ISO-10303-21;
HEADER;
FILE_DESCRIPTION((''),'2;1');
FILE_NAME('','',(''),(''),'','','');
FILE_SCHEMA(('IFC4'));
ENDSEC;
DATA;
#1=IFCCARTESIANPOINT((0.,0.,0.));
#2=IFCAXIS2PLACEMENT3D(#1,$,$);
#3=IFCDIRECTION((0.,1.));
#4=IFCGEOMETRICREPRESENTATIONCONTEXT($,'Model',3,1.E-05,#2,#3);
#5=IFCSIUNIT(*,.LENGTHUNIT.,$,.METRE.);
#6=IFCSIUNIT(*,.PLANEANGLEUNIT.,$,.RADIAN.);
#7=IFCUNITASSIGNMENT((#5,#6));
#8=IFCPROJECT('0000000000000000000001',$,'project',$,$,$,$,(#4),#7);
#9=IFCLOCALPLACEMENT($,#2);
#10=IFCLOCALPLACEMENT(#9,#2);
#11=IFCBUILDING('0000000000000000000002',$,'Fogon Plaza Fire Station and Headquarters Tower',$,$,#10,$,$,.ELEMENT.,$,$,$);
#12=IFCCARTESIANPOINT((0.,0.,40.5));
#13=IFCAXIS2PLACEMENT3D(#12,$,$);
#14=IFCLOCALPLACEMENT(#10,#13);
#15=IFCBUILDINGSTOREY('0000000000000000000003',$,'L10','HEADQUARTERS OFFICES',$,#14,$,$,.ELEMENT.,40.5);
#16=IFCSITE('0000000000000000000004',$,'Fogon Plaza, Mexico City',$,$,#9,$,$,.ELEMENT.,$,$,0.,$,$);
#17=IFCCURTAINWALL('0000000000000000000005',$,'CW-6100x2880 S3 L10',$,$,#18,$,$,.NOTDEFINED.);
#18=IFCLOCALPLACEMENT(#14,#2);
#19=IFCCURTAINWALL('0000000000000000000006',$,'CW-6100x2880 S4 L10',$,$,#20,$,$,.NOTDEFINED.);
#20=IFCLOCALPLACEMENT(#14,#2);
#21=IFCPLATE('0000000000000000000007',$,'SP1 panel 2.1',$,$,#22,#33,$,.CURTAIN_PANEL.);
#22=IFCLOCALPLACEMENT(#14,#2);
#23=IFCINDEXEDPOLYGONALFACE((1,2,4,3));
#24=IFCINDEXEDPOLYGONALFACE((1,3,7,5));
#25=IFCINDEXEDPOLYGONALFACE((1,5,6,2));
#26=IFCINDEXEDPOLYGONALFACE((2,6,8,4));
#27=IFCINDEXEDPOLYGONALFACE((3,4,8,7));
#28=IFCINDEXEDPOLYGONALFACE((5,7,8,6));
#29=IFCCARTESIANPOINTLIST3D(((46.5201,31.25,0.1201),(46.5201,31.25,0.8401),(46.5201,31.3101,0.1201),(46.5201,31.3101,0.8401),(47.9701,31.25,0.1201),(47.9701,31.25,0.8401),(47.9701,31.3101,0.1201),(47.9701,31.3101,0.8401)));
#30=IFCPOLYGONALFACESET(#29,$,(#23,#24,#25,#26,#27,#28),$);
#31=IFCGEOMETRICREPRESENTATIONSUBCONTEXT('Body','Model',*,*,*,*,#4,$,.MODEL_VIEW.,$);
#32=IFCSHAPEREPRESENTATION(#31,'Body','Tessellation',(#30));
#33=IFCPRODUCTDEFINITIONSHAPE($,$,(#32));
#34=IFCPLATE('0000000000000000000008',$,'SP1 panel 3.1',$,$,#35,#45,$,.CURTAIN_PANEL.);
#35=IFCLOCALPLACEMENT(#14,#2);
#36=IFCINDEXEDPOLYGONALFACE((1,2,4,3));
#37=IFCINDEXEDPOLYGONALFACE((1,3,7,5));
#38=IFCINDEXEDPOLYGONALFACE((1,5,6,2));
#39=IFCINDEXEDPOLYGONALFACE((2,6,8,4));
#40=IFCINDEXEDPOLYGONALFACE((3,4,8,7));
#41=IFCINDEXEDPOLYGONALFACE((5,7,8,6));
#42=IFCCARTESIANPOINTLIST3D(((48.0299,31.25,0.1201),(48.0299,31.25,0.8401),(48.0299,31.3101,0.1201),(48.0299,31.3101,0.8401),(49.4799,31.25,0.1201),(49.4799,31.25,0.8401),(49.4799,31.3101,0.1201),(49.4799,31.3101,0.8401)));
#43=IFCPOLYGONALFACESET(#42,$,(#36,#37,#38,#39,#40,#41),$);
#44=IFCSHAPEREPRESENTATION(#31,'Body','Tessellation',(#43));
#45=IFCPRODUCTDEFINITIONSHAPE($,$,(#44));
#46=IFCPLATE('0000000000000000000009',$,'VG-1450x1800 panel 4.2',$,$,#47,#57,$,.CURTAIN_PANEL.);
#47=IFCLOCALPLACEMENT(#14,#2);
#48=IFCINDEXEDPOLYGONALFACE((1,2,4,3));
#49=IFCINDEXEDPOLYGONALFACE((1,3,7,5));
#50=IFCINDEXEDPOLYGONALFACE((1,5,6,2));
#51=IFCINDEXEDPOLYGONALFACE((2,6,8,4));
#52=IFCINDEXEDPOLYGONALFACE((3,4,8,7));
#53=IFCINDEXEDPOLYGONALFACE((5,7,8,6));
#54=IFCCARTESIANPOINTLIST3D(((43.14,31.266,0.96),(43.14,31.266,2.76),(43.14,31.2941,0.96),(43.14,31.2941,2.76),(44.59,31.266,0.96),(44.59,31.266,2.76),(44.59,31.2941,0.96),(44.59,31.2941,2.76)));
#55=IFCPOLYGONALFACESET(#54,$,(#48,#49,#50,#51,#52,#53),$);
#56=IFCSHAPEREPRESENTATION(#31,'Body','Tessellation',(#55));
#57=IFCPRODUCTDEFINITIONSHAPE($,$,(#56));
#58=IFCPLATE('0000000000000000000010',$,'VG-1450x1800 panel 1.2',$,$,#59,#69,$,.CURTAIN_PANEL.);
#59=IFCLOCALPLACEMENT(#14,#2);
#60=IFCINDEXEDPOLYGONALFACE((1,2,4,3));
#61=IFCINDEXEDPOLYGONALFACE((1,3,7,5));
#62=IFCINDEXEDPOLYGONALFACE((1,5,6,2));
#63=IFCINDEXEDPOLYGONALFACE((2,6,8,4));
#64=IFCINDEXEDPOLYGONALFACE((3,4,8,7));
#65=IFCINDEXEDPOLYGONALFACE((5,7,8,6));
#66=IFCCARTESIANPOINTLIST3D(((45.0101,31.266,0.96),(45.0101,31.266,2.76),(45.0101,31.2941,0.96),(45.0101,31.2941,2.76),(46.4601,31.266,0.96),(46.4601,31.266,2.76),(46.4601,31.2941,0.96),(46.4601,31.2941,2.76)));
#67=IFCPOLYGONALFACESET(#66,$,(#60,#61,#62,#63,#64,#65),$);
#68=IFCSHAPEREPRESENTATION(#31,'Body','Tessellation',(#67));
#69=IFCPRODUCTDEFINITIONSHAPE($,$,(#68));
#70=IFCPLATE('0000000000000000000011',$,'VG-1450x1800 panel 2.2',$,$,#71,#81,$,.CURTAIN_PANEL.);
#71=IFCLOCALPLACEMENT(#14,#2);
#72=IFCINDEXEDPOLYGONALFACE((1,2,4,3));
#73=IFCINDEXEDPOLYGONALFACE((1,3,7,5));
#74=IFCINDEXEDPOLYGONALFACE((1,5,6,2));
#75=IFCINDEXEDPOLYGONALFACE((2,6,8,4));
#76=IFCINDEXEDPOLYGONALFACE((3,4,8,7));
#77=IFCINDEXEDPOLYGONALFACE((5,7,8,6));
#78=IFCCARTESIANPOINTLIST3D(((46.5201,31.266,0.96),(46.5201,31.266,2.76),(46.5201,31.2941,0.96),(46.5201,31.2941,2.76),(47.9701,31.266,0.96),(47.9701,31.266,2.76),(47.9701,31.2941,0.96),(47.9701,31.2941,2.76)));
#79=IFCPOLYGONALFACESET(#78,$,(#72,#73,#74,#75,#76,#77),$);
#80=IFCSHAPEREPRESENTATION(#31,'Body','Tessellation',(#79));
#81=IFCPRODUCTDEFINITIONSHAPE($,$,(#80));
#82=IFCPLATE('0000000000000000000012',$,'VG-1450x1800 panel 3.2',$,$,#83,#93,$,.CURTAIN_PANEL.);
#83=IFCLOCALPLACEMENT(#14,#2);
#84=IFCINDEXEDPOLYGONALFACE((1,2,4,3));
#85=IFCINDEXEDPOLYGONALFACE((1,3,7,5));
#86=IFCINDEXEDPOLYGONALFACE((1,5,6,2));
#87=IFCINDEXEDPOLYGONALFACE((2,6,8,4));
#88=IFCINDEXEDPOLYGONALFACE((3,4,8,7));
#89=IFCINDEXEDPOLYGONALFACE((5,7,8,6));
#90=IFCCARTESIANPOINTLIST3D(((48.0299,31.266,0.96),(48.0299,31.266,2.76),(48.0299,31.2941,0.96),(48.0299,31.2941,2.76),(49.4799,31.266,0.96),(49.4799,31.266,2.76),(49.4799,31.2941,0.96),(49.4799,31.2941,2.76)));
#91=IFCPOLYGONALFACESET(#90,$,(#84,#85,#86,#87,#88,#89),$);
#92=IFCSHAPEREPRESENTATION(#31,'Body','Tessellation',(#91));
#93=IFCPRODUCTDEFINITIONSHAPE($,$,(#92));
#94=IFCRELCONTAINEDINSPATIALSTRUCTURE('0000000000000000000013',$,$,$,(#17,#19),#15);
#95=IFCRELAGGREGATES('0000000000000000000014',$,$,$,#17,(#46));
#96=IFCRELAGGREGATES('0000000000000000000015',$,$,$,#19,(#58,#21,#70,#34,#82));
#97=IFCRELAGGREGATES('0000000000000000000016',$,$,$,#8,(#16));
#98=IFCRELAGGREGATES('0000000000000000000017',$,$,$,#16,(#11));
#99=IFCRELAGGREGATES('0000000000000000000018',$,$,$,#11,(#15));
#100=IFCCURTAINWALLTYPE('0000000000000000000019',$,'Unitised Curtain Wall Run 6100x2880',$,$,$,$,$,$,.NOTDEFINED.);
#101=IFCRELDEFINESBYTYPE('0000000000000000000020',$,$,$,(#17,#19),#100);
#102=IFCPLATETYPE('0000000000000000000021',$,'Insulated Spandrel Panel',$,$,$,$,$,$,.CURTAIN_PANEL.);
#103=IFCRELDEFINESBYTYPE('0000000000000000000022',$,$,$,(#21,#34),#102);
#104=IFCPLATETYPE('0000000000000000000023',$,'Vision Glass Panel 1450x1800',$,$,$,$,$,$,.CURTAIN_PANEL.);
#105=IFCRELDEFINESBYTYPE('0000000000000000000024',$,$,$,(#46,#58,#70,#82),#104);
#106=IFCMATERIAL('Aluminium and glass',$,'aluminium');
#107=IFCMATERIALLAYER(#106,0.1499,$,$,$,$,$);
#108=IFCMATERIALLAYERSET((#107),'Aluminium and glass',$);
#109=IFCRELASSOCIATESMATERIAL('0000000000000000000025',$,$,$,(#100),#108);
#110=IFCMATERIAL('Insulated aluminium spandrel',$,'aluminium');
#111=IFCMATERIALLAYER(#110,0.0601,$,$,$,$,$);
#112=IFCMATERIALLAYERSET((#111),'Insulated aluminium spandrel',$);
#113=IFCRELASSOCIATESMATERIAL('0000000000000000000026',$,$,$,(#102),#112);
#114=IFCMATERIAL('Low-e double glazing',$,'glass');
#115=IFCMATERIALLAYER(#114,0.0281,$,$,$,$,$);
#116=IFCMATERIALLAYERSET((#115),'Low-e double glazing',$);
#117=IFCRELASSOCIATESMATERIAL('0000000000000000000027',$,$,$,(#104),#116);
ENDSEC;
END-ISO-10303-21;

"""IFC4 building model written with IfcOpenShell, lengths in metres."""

from ifc_helpers import new_model, si_unit, direction, frame, origin, origin_2d, place, context, subcontext, project, spatial, rectangle, extrude, material, layer, layer_set, type_object, element, aggregate, save


model = new_model("IFC4")

# Units and contexts
model_context = context("Model", 3, precision=1e-05, world=origin(), true_north=direction((0.0, 1.0)))
body_context = subcontext(model_context, "Body", "Model", "MODEL_VIEW")
ifc_project = project(units=[si_unit("LENGTHUNIT", "METRE"), si_unit("PLANEANGLEUNIT", "RADIAN")], contexts=[model_context])

# Site, building, storey
site_placement = place(None, origin())
site = spatial("IfcSite", under=ifc_project, at=site_placement, Name="Fogon Plaza, Mexico City", CompositionType="ELEMENT", RefElevation=0.0)
building_placement = place(site_placement, origin())
building = spatial("IfcBuilding", under=site, at=building_placement, Name="Fogon Plaza Fire Station and Headquarters Tower", CompositionType="ELEMENT")
storey_placement = place(building_placement, frame((0.0, 0.0, 40.5)))
storey = spatial("IfcBuildingStorey", under=building, at=storey_placement, Name="L10", Description="HEADQUARTERS OFFICES", CompositionType="ELEMENT", Elevation=40.5)

# Curtain walls
ifc_material_1 = material(Name="Aluminium and glass", Category="aluminium")
ifc_layer_1 = layer(ifc_material_1, 0.1499)
ifc_layer_set_1 = layer_set([ifc_layer_1], Name="Aluminium and glass")
curtain_wall_type = type_object("IfcCurtainWallType", Name="Unitised Curtain Wall Run 6100x2880", PredefinedType="NOTDEFINED", material=ifc_layer_set_1)
curtain_wall_1_placement = place(storey_placement, origin())
curtain_wall_1 = element("IfcCurtainWall", 1, at=curtain_wall_1_placement, inside=storey, type_object=curtain_wall_type, Name="CW-6100x2880 S3 L10", PredefinedType="NOTDEFINED")
curtain_wall_2_placement = place(storey_placement, origin())
curtain_wall_2 = element("IfcCurtainWall", 2, at=curtain_wall_2_placement, inside=storey, type_object=curtain_wall_type, Name="CW-6100x2880 S4 L10", PredefinedType="NOTDEFINED")

# Plates
ifc_material_2 = material(Name="Insulated aluminium spandrel", Category="aluminium")
ifc_layer_2 = layer(ifc_material_2, 0.0601)
ifc_layer_set_2 = layer_set([ifc_layer_2], Name="Insulated aluminium spandrel")
plate_type_1 = type_object("IfcPlateType", Name="Insulated Spandrel Panel", PredefinedType="CURTAIN_PANEL", material=ifc_layer_set_2)
plate_1_placement = place(storey_placement, frame((47.2451, 31.28, 0.1201), z_axis=(0.0, 0.0, 1.0), x_axis=(1.0, 0.0, 0.0)))
plate_1 = element("IfcPlate", 3, at=plate_1_placement, type_object=plate_type_1, Name="SP1 panel 2.1", PredefinedType="CURTAIN_PANEL", context=body_context, shape_type="SweptSolid", body=[
    extrude(rectangle(XDim=1.45, YDim=0.0601, at=origin_2d()), origin(), (0.0, 0.0, 1.0), 0.72),
])
plate_2_placement = place(storey_placement, frame((48.7549, 31.28, 0.1201), z_axis=(0.0, 0.0, 1.0), x_axis=(1.0, 0.0, 0.0)))
plate_2 = element("IfcPlate", 4, at=plate_2_placement, type_object=plate_type_1, Name="SP1 panel 3.1", PredefinedType="CURTAIN_PANEL", context=body_context, shape_type="SweptSolid", body=[
    extrude(rectangle(XDim=1.45, YDim=0.0601, at=origin_2d()), origin(), (0.0, 0.0, 1.0), 0.72),
])
ifc_material_3 = material(Name="Low-e double glazing", Category="glass")
ifc_layer_3 = layer(ifc_material_3, 0.0281)
ifc_layer_set_3 = layer_set([ifc_layer_3], Name="Low-e double glazing")
plate_type_2 = type_object("IfcPlateType", Name="Vision Glass Panel 1450x1800", PredefinedType="CURTAIN_PANEL", material=ifc_layer_set_3)
plate_3_placement = place(storey_placement, frame((43.865, 31.28, 0.96), z_axis=(0.0, 0.0, 1.0), x_axis=(1.0, 0.0, 0.0)))
plate_3 = element("IfcPlate", 5, at=plate_3_placement, type_object=plate_type_2, Name="VG-1450x1800 panel 4.2", PredefinedType="CURTAIN_PANEL", context=body_context, shape_type="SweptSolid", body=[
    extrude(rectangle(XDim=1.45, YDim=0.0281, at=origin_2d()), origin(), (0.0, 0.0, 1.0), 1.8),
])
aggregate(curtain_wall_1, [plate_3])
plate_4_placement = place(storey_placement, frame((45.7351, 31.28, 0.96), z_axis=(0.0, 0.0, 1.0), x_axis=(1.0, 0.0, 0.0)))
plate_4 = element("IfcPlate", 6, at=plate_4_placement, type_object=plate_type_2, Name="VG-1450x1800 panel 1.2", PredefinedType="CURTAIN_PANEL", context=body_context, shape_type="SweptSolid", body=[
    extrude(rectangle(XDim=1.45, YDim=0.0281, at=origin_2d()), origin(), (0.0, 0.0, 1.0), 1.8),
])
plate_5_placement = place(storey_placement, frame((47.2451, 31.28, 0.96), z_axis=(0.0, 0.0, 1.0), x_axis=(1.0, 0.0, 0.0)))
plate_5 = element("IfcPlate", 7, at=plate_5_placement, type_object=plate_type_2, Name="VG-1450x1800 panel 2.2", PredefinedType="CURTAIN_PANEL", context=body_context, shape_type="SweptSolid", body=[
    extrude(rectangle(XDim=1.45, YDim=0.0281, at=origin_2d()), origin(), (0.0, 0.0, 1.0), 1.8),
])
plate_6_placement = place(storey_placement, frame((48.7549, 31.28, 0.96), z_axis=(0.0, 0.0, 1.0), x_axis=(1.0, 0.0, 0.0)))
plate_6 = element("IfcPlate", 8, at=plate_6_placement, type_object=plate_type_2, Name="VG-1450x1800 panel 3.2", PredefinedType="CURTAIN_PANEL", context=body_context, shape_type="SweptSolid", body=[
    extrude(rectangle(XDim=1.45, YDim=0.0281, at=origin_2d()), origin(), (0.0, 0.0, 1.0), 1.8),
])
aggregate(curtain_wall_2, [plate_4, plate_1, plate_5, plate_2, plate_6])

save(model, "model.ifc")
